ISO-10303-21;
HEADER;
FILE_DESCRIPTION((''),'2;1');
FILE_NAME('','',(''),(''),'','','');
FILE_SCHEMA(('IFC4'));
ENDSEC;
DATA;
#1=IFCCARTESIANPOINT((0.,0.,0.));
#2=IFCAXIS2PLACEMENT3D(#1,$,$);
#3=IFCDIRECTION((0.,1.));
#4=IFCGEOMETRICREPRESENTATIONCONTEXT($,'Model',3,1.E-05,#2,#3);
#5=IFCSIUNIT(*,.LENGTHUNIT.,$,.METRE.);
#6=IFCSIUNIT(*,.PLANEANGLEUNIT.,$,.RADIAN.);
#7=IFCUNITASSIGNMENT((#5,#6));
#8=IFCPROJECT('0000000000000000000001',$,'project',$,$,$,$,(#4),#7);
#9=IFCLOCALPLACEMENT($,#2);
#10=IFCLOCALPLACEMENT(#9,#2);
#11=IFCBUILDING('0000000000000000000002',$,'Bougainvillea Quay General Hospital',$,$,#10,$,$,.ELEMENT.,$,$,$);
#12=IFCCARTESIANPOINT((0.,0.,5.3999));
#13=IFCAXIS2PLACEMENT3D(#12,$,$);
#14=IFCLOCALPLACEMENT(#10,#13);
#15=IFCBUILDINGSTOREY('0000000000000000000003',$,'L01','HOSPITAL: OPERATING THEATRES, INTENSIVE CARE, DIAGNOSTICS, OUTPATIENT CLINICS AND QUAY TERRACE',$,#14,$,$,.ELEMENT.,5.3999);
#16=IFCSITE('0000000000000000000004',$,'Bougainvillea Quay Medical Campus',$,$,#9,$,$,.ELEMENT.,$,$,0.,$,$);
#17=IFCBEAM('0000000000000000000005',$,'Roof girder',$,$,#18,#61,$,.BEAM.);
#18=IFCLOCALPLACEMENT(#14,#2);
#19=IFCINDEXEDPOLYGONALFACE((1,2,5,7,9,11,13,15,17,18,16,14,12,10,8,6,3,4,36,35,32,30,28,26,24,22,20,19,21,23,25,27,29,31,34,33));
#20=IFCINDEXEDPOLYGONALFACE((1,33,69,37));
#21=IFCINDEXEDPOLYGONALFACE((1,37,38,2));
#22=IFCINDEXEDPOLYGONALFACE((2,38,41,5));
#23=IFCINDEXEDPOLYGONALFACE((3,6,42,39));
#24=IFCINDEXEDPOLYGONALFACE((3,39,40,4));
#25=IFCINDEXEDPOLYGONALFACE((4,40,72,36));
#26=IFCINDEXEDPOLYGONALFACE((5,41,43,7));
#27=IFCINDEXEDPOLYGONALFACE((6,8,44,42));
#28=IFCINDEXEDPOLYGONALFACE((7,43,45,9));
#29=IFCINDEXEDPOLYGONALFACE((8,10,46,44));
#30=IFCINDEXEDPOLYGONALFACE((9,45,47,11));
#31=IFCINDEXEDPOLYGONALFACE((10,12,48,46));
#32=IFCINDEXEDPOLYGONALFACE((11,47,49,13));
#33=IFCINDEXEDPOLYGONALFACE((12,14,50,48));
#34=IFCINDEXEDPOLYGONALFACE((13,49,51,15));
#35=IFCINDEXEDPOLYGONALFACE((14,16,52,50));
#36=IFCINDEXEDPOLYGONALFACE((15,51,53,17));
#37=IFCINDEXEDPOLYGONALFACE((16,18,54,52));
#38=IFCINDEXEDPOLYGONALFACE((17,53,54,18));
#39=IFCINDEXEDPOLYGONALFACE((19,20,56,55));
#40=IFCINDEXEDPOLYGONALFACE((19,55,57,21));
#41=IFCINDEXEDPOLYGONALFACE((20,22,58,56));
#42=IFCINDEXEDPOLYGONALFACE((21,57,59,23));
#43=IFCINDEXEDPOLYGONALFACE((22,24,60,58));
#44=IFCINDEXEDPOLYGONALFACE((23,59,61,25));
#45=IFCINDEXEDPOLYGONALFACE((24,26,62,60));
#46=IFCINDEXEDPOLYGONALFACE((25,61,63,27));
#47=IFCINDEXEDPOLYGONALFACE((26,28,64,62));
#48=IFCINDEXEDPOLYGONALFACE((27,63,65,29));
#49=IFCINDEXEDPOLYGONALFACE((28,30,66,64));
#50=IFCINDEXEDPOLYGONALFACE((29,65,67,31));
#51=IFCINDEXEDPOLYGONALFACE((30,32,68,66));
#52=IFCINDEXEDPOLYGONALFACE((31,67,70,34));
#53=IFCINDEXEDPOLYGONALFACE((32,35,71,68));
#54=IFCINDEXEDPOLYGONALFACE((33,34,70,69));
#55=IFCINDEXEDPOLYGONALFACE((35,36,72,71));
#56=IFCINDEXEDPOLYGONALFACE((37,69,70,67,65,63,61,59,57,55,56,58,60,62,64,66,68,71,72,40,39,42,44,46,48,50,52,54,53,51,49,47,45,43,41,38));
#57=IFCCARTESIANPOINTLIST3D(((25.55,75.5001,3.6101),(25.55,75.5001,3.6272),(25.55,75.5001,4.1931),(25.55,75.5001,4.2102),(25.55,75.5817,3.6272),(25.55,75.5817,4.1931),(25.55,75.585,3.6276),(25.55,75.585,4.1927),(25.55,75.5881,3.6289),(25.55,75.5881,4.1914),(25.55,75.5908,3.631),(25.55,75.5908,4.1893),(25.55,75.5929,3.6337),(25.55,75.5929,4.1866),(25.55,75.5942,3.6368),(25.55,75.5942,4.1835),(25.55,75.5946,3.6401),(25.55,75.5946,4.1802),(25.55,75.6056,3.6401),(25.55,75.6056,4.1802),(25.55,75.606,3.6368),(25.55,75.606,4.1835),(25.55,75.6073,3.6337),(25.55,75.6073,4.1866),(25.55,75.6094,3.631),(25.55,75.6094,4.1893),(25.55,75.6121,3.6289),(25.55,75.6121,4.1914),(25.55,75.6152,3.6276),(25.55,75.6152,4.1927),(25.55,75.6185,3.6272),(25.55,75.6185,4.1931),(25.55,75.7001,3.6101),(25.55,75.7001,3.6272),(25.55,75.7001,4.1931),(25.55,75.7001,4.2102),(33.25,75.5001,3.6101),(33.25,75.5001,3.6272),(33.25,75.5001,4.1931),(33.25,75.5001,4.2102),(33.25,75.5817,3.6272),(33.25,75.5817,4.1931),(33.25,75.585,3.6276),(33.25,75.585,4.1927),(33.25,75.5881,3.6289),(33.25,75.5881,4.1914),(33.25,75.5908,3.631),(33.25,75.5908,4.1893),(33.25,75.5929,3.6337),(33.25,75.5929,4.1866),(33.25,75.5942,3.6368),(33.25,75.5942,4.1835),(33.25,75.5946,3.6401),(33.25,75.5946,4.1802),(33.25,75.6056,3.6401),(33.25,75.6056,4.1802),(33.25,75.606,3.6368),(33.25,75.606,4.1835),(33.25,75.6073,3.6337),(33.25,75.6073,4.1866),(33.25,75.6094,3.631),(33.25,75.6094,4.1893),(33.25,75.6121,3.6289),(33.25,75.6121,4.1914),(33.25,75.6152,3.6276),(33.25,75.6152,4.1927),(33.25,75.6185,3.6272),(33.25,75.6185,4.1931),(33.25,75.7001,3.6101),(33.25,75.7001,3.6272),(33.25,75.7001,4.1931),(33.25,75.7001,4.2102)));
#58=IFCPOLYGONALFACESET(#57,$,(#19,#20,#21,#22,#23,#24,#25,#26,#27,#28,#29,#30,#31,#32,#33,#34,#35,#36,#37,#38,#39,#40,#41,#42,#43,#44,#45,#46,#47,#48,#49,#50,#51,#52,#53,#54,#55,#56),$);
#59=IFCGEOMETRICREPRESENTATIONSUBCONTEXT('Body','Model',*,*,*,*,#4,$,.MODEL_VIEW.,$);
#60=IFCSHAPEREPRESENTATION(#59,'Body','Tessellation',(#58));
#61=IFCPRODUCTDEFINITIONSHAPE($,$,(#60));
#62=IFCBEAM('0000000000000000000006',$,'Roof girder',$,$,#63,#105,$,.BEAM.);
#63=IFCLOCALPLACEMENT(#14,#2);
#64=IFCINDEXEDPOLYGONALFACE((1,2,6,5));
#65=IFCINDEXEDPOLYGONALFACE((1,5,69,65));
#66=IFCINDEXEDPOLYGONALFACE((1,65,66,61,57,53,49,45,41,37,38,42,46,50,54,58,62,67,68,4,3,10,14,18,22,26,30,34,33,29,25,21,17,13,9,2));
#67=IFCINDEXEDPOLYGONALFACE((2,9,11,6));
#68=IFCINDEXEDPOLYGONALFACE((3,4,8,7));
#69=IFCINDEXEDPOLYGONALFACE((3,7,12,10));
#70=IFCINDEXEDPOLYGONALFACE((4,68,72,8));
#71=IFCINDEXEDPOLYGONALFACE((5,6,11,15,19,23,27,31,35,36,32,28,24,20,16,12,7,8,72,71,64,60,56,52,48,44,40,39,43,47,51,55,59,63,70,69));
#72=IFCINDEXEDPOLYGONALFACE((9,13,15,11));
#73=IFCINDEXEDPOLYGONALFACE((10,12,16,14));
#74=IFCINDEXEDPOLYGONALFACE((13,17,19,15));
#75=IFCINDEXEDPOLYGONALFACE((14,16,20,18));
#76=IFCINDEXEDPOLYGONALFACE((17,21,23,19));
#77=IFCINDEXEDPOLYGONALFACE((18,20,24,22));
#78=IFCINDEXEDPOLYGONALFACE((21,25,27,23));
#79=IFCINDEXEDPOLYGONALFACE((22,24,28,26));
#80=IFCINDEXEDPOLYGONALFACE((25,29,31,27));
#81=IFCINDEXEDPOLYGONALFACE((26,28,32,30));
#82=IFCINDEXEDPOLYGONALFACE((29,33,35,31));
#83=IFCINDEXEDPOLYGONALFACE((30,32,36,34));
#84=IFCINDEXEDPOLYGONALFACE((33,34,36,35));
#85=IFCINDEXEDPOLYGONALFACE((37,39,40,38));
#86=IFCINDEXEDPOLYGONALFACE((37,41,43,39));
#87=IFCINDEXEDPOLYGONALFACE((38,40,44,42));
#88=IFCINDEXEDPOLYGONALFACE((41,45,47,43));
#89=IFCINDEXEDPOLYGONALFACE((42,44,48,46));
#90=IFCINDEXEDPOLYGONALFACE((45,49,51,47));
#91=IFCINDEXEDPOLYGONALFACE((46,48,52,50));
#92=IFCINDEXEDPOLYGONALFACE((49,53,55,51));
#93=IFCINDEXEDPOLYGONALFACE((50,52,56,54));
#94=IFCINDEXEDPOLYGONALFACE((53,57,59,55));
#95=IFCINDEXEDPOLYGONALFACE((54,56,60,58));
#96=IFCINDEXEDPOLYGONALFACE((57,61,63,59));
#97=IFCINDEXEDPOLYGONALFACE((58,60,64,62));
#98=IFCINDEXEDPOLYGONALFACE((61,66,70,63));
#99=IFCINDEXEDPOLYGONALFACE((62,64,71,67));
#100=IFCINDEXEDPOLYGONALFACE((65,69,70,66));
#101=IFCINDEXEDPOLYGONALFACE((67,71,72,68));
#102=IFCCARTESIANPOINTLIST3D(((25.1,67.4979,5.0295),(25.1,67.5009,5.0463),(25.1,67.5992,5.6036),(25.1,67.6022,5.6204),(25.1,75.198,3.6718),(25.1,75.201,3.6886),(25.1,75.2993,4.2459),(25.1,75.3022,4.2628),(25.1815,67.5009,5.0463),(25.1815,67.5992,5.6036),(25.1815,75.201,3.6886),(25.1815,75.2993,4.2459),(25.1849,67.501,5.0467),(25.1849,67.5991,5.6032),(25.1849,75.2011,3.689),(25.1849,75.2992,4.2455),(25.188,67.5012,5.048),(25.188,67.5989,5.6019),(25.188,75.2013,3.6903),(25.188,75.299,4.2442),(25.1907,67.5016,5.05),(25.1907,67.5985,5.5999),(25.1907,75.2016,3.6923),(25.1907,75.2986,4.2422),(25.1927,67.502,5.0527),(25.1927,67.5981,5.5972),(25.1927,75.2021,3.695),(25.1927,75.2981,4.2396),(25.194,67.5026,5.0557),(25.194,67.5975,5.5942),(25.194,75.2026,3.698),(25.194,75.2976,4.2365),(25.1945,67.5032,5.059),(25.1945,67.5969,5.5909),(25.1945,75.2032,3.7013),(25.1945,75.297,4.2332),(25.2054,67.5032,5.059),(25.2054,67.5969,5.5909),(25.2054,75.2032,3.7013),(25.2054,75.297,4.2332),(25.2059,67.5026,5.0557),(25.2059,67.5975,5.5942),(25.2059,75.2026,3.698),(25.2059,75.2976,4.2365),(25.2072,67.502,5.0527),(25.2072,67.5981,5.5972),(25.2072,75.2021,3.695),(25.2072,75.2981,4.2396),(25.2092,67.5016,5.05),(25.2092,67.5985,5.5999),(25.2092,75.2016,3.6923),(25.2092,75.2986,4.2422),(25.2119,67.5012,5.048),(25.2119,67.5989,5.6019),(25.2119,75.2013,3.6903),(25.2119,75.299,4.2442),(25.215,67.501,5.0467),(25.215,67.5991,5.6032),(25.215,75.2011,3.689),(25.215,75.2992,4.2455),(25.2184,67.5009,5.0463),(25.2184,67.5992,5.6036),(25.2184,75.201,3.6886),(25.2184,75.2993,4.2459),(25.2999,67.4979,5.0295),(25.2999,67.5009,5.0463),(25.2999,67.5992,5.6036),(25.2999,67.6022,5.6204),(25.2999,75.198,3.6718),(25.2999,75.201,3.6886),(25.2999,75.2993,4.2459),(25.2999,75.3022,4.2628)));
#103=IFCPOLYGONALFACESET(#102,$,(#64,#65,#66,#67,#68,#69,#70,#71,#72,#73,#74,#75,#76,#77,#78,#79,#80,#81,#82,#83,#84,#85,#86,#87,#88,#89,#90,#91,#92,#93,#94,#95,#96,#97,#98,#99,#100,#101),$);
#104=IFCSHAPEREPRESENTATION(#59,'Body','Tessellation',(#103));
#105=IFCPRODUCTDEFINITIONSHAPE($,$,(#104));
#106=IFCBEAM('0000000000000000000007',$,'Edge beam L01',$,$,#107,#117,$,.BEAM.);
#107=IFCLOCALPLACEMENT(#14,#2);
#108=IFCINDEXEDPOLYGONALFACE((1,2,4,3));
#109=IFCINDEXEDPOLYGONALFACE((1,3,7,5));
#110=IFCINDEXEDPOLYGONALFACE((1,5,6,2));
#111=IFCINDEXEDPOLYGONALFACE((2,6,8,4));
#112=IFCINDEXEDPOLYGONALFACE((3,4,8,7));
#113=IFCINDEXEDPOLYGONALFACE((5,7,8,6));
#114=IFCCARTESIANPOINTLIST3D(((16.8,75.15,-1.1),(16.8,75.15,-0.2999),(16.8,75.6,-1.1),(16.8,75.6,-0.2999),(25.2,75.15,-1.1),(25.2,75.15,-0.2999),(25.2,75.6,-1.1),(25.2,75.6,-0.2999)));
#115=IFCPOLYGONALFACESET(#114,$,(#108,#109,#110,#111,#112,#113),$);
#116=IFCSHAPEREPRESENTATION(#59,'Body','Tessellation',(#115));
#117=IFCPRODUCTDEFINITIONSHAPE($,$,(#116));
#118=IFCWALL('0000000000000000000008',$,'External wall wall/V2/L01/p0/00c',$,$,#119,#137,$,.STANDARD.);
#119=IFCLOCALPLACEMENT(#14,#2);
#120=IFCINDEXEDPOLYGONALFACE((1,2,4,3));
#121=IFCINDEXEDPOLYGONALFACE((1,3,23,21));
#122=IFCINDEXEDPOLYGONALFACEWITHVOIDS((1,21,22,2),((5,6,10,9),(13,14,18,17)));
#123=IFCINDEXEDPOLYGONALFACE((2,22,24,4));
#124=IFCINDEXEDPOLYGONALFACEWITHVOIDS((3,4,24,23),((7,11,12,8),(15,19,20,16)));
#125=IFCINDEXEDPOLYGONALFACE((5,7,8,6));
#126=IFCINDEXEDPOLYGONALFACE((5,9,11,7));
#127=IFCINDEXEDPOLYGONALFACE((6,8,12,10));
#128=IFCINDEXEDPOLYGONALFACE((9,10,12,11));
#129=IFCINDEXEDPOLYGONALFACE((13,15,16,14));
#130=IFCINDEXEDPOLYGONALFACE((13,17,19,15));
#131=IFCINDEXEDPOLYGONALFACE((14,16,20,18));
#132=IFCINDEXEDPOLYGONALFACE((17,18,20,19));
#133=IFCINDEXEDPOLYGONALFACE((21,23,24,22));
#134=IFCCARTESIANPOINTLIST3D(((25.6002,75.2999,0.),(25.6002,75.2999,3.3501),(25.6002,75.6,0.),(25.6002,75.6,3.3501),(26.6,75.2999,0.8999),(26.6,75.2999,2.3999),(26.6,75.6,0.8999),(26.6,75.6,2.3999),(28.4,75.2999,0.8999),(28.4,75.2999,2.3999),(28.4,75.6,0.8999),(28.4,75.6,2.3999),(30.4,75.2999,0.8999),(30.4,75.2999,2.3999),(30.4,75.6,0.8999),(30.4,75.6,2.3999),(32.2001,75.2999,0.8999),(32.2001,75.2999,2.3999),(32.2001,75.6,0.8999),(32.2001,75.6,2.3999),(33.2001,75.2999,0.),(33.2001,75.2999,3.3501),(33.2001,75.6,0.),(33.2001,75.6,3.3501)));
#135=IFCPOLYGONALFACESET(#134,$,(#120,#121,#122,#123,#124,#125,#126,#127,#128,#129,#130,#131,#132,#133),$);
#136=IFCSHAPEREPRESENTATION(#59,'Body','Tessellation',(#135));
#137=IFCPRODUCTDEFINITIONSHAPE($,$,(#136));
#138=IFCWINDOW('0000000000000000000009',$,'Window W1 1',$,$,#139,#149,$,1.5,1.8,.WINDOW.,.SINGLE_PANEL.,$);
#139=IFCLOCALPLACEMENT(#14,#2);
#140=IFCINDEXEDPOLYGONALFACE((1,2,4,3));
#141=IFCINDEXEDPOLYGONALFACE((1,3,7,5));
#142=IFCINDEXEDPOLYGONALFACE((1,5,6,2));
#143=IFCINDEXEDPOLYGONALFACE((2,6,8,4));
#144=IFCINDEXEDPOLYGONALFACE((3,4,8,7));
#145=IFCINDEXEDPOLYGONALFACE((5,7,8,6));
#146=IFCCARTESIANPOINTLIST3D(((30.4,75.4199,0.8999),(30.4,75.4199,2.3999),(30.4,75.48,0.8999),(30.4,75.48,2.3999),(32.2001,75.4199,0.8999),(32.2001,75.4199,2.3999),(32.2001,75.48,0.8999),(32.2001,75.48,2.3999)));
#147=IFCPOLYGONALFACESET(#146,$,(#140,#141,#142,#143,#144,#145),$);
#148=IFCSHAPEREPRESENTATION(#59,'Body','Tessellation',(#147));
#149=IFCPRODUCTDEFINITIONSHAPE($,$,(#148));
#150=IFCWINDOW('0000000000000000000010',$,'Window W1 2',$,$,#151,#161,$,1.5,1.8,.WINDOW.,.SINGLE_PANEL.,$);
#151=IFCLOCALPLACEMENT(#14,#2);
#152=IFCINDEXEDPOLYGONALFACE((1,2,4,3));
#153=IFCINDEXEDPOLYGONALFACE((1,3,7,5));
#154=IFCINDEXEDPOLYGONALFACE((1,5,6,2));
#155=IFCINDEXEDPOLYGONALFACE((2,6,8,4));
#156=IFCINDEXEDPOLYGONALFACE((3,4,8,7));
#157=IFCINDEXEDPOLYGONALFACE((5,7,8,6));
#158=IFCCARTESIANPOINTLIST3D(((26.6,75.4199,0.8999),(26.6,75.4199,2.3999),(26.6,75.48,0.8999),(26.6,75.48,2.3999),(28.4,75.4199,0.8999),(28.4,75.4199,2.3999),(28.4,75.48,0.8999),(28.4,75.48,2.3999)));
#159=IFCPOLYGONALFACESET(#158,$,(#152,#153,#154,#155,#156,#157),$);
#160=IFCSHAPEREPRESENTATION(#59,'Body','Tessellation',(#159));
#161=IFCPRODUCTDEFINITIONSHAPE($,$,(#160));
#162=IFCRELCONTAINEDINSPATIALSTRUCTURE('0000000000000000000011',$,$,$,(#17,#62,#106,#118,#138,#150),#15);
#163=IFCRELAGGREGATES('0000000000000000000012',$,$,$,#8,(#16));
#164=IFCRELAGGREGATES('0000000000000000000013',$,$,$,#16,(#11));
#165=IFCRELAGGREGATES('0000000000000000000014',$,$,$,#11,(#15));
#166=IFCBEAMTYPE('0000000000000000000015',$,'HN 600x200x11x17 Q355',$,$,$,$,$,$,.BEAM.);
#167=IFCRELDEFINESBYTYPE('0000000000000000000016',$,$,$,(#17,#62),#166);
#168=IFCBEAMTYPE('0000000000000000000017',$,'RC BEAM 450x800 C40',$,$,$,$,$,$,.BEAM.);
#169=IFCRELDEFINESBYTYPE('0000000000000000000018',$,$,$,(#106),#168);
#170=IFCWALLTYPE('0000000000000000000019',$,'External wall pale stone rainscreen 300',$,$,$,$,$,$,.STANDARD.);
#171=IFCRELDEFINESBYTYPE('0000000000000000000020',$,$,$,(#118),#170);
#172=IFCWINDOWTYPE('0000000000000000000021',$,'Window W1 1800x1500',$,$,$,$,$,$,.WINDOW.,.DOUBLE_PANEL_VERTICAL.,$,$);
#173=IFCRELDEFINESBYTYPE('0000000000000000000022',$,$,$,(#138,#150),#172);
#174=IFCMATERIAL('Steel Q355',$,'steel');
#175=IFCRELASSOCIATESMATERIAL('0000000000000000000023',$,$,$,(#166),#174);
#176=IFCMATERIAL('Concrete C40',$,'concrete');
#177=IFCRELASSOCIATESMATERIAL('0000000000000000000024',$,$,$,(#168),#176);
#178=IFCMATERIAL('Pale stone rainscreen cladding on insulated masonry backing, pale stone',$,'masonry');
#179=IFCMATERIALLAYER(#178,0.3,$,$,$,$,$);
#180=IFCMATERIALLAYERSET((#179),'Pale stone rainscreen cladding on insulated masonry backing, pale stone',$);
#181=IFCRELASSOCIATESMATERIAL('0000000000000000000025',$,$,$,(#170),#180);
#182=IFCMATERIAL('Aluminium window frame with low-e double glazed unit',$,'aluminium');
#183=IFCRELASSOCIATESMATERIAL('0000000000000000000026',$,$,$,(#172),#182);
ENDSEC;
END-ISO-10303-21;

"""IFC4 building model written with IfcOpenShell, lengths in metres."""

from ifc_helpers import new_model, si_unit, direction, frame, frame_2d, origin, origin_2d, place, context, subcontext, project, spatial, rectangle, i_section, extrude, material, layer, layer_set, material_profile, profile_set, type_object, element, fill, save


model = new_model("IFC4")

# Units and contexts
model_context = context("Model", 3, precision=1e-05, world=origin(), true_north=direction((0.0, 1.0)))
body_context = subcontext(model_context, "Body", "Model", "MODEL_VIEW")
ifc_project = project(units=[si_unit("LENGTHUNIT", "METRE"), si_unit("PLANEANGLEUNIT", "RADIAN")], contexts=[model_context])

# Site, building, storey
site_placement = place(None, origin())
site = spatial("IfcSite", under=ifc_project, at=site_placement, Name="Bougainvillea Quay Medical Campus", CompositionType="ELEMENT", RefElevation=0.0)
building_placement = place(site_placement, origin())
building = spatial("IfcBuilding", under=site, at=building_placement, Name="Bougainvillea Quay General Hospital", CompositionType="ELEMENT")
storey_placement = place(building_placement, frame((0.0, 0.0, 5.3999)))
storey = spatial("IfcBuildingStorey", under=building, at=storey_placement, Name="L01", Description="HOSPITAL: OPERATING THEATRES, INTENSIVE CARE, DIAGNOSTICS, OUTPATIENT CLINICS AND QUAY TERRACE", CompositionType="ELEMENT", Elevation=5.3999)

# Beams
ifc_material_1 = material(Name="Steel Q355", Category="steel")
ifc_material_profile_1 = material_profile(ifc_material_1, i_section(OverallWidth=0.2, OverallDepth=0.6001, WebThickness=0.011, FlangeThickness=0.0171, FilletRadius=0.0129, at=origin_2d()))
ifc_profile_set_1 = profile_set([ifc_material_profile_1], Name="Steel Q355")
beam_type_1 = type_object("IfcBeamType", Name="HN 600x200x11x17 Q355", PredefinedType="BEAM", material=ifc_profile_set_1)
beam_1_placement = place(storey_placement, frame((25.55, 75.6001, 3.9102), z_axis=(1.0, 0.0, 0.0), x_axis=(0.0, 1.0, 0.0)))
element("IfcBeam", 1, at=beam_1_placement, inside=storey, type_object=beam_type_1, Name="Roof girder", PredefinedType="BEAM", context=body_context, shape_type="SweptSolid", body=[
    extrude(i_section(OverallWidth=0.2, OverallDepth=0.6001, WebThickness=0.011, FlangeThickness=0.0171, FilletRadius=0.0129, at=origin_2d()), origin(), (0.0, 0.0, 1.0), 7.7),
])
beam_2_placement = place(storey_placement, frame((25.2, 67.55, 5.325), z_axis=(0.0, 0.984809, -0.173643), x_axis=(-1.0, 0.0, 0.0)))
element("IfcBeam", 2, at=beam_2_placement, inside=storey, type_object=beam_type_1, Name="Roof girder", PredefinedType="BEAM", context=body_context, shape_type="SweptSolid", body=[
    extrude(i_section(OverallWidth=0.2, OverallDepth=0.6001, WebThickness=0.011, FlangeThickness=0.0171, FilletRadius=0.0129, at=origin_2d()), origin(), (0.0, 0.0, 1.0), 7.8188),
])
ifc_material_2 = material(Name="Concrete C40", Category="concrete")
ifc_material_profile_2 = material_profile(ifc_material_2, rectangle(XDim=0.45, YDim=0.8, at=origin_2d()))
ifc_profile_set_2 = profile_set([ifc_material_profile_2], Name="Concrete C40")
beam_type_2 = type_object("IfcBeamType", Name="RC BEAM 450x800 C40", PredefinedType="BEAM", material=ifc_profile_set_2)
beam_3_placement = place(storey_placement, frame((25.2, 75.375, -0.7), z_axis=(-1.0, 0.0, 0.0), x_axis=(0.0, -1.0, 0.0)))
element("IfcBeam", 3, at=beam_3_placement, inside=storey, type_object=beam_type_2, Name="Edge beam L01", PredefinedType="BEAM", context=body_context, shape_type="SweptSolid", body=[
    extrude(rectangle(XDim=0.45, YDim=0.8, at=origin_2d()), origin(), (0.0, 0.0, 1.0), 8.3999),
])

# Wall, openings, windows
ifc_material_3 = material(Name="Pale stone rainscreen cladding on insulated masonry backing, pale stone", Category="masonry")
ifc_layer_1 = layer(ifc_material_3, 0.3)
ifc_layer_set_1 = layer_set([ifc_layer_1], Name="Pale stone rainscreen cladding on insulated masonry backing, pale stone")
wall_type_1 = type_object("IfcWallType", Name="External wall pale stone rainscreen 300", PredefinedType="STANDARD", material=ifc_layer_set_1)
wall_1_placement = place(storey_placement, frame((33.2, 75.45, 0.0), z_axis=(0.0, 0.0, 1.0), x_axis=(-1.0, 0.0, 0.0)))
wall_1 = element("IfcWall", 4, at=wall_1_placement, inside=storey, type_object=wall_type_1, Name="External wall wall/V2/L01/p0/00c", PredefinedType="STANDARD", context=body_context, shape_type="SweptSolid", body=[
    extrude(rectangle(XDim=7.5999, YDim=0.3, at=frame_2d((3.7998, 0.0))), origin(), (0.0, 0.0, 1.0), 3.3501),
])
opening_1_placement = place(wall_1_placement, frame((1.0, 0.0, 0.8999)))
opening_1 = element("IfcOpeningElement", 5, at=opening_1_placement, cuts=wall_1, PredefinedType="OPENING", context=body_context, shape_type="SweptSolid", body=[
    extrude(rectangle(XDim=1.8, YDim=1.5, at=frame_2d((0.8999, 0.75))), frame((0.0, 0.1599, 0.0), z_axis=(0.0, -1.0, 0.0), x_axis=(1.0, 0.0, 0.0)), (0.0, 0.0, 1.0), 0.3201),
])
opening_2_placement = place(wall_1_placement, frame((4.8, 0.0, 0.8999)))
opening_2 = element("IfcOpeningElement", 6, at=opening_2_placement, cuts=wall_1, PredefinedType="OPENING", context=body_context, shape_type="SweptSolid", body=[
    extrude(rectangle(XDim=1.8, YDim=1.5, at=frame_2d((0.8999, 0.75))), frame((0.0, 0.1599, 0.0), z_axis=(0.0, -1.0, 0.0), x_axis=(1.0, 0.0, 0.0)), (0.0, 0.0, 1.0), 0.3201),
])
ifc_material_4 = material(Name="Aluminium window frame with low-e double glazed unit", Category="aluminium")
window_type = type_object("IfcWindowType", Name="Window W1 1800x1500", PartitioningType="DOUBLE_PANEL_VERTICAL", PredefinedType="WINDOW", material=ifc_material_4)
window_1_placement = place(opening_1_placement, origin())
window_1 = element("IfcWindow", 7, at=window_1_placement, inside=storey, type_object=window_type, Name="Window W1 1", OverallHeight=1.5, OverallWidth=1.8, PartitioningType="SINGLE_PANEL", PredefinedType="WINDOW", context=body_context, shape_type="SweptSolid", body=[
    extrude(rectangle(XDim=1.8, YDim=1.5, at=frame_2d((0.8999, 0.75))), frame((0.0, 0.03, 0.0), z_axis=(0.0, -1.0, 0.0), x_axis=(1.0, 0.0, 0.0)), (0.0, 0.0, 1.0), 0.0601),
])
fill(opening_1, window_1)
window_2_placement = place(opening_2_placement, origin())
window_2 = element("IfcWindow", 8, at=window_2_placement, inside=storey, type_object=window_type, Name="Window W1 2", OverallHeight=1.5, OverallWidth=1.8, PartitioningType="SINGLE_PANEL", PredefinedType="WINDOW", context=body_context, shape_type="SweptSolid", body=[
    extrude(rectangle(XDim=1.8, YDim=1.5, at=frame_2d((0.8999, 0.75))), frame((0.0, 0.03, 0.0), z_axis=(0.0, -1.0, 0.0), x_axis=(1.0, 0.0, 0.0)), (0.0, 0.0, 1.0), 0.0601),
])
fill(opening_2, window_2)

save(model, "model.ifc")
